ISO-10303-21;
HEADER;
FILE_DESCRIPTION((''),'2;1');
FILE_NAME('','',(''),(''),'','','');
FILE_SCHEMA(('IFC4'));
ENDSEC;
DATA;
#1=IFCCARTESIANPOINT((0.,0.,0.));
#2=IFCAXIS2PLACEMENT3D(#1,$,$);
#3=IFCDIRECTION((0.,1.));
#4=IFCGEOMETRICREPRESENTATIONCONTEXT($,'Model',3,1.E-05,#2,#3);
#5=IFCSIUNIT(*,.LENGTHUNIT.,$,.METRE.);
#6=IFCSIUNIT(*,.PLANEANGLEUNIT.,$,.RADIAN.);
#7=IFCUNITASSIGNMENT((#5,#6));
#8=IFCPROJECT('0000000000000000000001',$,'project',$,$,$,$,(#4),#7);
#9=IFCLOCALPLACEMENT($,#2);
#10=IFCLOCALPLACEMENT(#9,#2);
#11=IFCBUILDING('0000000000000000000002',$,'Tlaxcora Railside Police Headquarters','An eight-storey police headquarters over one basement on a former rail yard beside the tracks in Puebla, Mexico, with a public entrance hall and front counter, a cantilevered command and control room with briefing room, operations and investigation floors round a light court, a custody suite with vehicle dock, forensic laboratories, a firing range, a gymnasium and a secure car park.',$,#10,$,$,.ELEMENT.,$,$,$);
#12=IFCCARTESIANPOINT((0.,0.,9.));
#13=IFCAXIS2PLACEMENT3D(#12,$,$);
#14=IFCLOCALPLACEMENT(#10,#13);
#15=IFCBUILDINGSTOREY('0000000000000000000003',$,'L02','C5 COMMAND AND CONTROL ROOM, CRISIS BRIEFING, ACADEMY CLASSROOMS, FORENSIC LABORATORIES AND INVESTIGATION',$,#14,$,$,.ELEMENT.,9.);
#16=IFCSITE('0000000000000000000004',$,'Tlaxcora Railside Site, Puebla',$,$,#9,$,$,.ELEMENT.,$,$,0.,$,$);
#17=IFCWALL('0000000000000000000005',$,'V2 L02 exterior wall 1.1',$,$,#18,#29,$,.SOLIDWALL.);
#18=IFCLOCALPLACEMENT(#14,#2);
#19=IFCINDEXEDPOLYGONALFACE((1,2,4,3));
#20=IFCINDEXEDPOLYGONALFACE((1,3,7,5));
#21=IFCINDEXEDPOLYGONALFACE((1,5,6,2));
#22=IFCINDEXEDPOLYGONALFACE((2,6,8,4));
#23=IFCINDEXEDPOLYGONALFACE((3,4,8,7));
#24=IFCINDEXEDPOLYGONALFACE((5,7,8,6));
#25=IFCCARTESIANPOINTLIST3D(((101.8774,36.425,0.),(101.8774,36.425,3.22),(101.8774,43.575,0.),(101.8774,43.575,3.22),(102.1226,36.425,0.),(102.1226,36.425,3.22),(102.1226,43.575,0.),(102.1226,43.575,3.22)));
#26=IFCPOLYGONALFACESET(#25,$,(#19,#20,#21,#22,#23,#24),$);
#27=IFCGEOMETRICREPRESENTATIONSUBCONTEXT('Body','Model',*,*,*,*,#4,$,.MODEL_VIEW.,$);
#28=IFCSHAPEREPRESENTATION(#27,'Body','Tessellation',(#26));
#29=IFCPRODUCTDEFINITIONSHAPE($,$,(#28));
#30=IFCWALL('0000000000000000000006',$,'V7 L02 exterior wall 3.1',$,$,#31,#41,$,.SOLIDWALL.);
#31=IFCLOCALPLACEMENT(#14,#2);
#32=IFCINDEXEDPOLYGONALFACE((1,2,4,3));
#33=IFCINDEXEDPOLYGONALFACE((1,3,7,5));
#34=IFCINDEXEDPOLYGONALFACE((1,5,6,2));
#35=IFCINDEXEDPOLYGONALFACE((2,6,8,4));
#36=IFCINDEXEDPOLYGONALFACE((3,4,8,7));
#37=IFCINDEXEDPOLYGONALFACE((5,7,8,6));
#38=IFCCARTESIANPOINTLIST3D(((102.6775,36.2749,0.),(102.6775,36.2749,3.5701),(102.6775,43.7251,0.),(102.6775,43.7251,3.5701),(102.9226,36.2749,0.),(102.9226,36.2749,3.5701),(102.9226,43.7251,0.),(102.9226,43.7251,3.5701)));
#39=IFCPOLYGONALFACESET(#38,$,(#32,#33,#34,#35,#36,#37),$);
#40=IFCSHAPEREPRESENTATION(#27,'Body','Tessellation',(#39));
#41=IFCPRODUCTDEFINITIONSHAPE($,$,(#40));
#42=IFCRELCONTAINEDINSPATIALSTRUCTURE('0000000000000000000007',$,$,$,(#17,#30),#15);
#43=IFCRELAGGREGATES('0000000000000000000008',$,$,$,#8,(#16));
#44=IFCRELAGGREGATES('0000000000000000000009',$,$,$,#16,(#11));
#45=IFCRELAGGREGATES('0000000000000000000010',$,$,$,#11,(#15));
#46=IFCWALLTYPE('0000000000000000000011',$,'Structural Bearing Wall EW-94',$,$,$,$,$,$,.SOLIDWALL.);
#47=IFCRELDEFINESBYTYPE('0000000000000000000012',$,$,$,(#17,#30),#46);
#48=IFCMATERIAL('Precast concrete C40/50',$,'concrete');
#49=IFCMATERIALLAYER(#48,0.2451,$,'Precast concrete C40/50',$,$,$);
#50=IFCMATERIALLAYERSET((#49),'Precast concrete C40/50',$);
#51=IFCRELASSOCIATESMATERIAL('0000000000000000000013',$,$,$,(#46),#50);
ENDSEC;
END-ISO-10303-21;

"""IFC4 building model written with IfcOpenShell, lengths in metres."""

from ifc_helpers import new_model, si_unit, direction, frame, frame_2d, origin, place, context, subcontext, project, spatial, rectangle, extrude, material, layer, layer_set, type_object, element, save


model = new_model("IFC4")

# Units and contexts
model_context = context("Model", 3, precision=1e-05, world=origin(), true_north=direction((0.0, 1.0)))
body_context = subcontext(model_context, "Body", "Model", "MODEL_VIEW")
ifc_project = project(units=[si_unit("LENGTHUNIT", "METRE"), si_unit("PLANEANGLEUNIT", "RADIAN")], contexts=[model_context])

# Site, building, storey
site_placement = place(None, origin())
site = spatial("IfcSite", under=ifc_project, at=site_placement, Name="Tlaxcora Railside Site, Puebla", CompositionType="ELEMENT", RefElevation=0.0)
building_placement = place(site_placement, origin())
building = spatial("IfcBuilding", under=site, at=building_placement, Name="Tlaxcora Railside Police Headquarters", Description="An eight-storey police headquarters over one basement on a former rail yard beside the tracks in Puebla, Mexico, with a public entrance hall and front counter, a cantilevered command and control room with briefing room, operations and investigation floors round a light court, a custody suite with vehicle dock, forensic laboratories, a firing range, a gymnasium and a secure car park.", CompositionType="ELEMENT")
storey_placement = place(building_placement, frame((0.0, 0.0, 9.0)))
storey = spatial("IfcBuildingStorey", under=building, at=storey_placement, Name="L02", Description="C5 COMMAND AND CONTROL ROOM, CRISIS BRIEFING, ACADEMY CLASSROOMS, FORENSIC LABORATORIES AND INVESTIGATION", CompositionType="ELEMENT", Elevation=9.0)

# Walls
ifc_material_1 = material(Name="Precast concrete C40/50", Category="concrete")
ifc_layer_1 = layer(ifc_material_1, 0.2451, Name="Precast concrete C40/50")
ifc_layer_set_1 = layer_set([ifc_layer_1], Name="Precast concrete C40/50")
wall_type_1 = type_object("IfcWallType", Name="Structural Bearing Wall EW-94", PredefinedType="SOLIDWALL", material=ifc_layer_set_1)
wall_1_placement = place(storey_placement, frame((102.0, 36.425, 0.0), z_axis=(0.0, 0.0, 1.0), x_axis=(0.0, 1.0, 0.0)))
element("IfcWall", 1, at=wall_1_placement, inside=storey, type_object=wall_type_1, Name="V2 L02 exterior wall 1.1", PredefinedType="SOLIDWALL", context=body_context, shape_type="SweptSolid", body=[
    extrude(rectangle(XDim=7.1499, YDim=0.2451, at=frame_2d((3.575, 0.0))), origin(), (0.0, 0.0, 1.0), 3.22),
])
wall_2_placement = place(storey_placement, frame((102.8, 43.7251, 0.0), z_axis=(0.0, 0.0, 1.0), x_axis=(0.0, -1.0, 0.0)))
element("IfcWall", 2, at=wall_2_placement, inside=storey, type_object=wall_type_1, Name="V7 L02 exterior wall 3.1", PredefinedType="SOLIDWALL", context=body_context, shape_type="SweptSolid", body=[
    extrude(rectangle(XDim=7.4502, YDim=0.2451, at=frame_2d((3.7251, 0.0))), origin(), (0.0, 0.0, 1.0), 3.5701),
])

save(model, "model.ifc")
